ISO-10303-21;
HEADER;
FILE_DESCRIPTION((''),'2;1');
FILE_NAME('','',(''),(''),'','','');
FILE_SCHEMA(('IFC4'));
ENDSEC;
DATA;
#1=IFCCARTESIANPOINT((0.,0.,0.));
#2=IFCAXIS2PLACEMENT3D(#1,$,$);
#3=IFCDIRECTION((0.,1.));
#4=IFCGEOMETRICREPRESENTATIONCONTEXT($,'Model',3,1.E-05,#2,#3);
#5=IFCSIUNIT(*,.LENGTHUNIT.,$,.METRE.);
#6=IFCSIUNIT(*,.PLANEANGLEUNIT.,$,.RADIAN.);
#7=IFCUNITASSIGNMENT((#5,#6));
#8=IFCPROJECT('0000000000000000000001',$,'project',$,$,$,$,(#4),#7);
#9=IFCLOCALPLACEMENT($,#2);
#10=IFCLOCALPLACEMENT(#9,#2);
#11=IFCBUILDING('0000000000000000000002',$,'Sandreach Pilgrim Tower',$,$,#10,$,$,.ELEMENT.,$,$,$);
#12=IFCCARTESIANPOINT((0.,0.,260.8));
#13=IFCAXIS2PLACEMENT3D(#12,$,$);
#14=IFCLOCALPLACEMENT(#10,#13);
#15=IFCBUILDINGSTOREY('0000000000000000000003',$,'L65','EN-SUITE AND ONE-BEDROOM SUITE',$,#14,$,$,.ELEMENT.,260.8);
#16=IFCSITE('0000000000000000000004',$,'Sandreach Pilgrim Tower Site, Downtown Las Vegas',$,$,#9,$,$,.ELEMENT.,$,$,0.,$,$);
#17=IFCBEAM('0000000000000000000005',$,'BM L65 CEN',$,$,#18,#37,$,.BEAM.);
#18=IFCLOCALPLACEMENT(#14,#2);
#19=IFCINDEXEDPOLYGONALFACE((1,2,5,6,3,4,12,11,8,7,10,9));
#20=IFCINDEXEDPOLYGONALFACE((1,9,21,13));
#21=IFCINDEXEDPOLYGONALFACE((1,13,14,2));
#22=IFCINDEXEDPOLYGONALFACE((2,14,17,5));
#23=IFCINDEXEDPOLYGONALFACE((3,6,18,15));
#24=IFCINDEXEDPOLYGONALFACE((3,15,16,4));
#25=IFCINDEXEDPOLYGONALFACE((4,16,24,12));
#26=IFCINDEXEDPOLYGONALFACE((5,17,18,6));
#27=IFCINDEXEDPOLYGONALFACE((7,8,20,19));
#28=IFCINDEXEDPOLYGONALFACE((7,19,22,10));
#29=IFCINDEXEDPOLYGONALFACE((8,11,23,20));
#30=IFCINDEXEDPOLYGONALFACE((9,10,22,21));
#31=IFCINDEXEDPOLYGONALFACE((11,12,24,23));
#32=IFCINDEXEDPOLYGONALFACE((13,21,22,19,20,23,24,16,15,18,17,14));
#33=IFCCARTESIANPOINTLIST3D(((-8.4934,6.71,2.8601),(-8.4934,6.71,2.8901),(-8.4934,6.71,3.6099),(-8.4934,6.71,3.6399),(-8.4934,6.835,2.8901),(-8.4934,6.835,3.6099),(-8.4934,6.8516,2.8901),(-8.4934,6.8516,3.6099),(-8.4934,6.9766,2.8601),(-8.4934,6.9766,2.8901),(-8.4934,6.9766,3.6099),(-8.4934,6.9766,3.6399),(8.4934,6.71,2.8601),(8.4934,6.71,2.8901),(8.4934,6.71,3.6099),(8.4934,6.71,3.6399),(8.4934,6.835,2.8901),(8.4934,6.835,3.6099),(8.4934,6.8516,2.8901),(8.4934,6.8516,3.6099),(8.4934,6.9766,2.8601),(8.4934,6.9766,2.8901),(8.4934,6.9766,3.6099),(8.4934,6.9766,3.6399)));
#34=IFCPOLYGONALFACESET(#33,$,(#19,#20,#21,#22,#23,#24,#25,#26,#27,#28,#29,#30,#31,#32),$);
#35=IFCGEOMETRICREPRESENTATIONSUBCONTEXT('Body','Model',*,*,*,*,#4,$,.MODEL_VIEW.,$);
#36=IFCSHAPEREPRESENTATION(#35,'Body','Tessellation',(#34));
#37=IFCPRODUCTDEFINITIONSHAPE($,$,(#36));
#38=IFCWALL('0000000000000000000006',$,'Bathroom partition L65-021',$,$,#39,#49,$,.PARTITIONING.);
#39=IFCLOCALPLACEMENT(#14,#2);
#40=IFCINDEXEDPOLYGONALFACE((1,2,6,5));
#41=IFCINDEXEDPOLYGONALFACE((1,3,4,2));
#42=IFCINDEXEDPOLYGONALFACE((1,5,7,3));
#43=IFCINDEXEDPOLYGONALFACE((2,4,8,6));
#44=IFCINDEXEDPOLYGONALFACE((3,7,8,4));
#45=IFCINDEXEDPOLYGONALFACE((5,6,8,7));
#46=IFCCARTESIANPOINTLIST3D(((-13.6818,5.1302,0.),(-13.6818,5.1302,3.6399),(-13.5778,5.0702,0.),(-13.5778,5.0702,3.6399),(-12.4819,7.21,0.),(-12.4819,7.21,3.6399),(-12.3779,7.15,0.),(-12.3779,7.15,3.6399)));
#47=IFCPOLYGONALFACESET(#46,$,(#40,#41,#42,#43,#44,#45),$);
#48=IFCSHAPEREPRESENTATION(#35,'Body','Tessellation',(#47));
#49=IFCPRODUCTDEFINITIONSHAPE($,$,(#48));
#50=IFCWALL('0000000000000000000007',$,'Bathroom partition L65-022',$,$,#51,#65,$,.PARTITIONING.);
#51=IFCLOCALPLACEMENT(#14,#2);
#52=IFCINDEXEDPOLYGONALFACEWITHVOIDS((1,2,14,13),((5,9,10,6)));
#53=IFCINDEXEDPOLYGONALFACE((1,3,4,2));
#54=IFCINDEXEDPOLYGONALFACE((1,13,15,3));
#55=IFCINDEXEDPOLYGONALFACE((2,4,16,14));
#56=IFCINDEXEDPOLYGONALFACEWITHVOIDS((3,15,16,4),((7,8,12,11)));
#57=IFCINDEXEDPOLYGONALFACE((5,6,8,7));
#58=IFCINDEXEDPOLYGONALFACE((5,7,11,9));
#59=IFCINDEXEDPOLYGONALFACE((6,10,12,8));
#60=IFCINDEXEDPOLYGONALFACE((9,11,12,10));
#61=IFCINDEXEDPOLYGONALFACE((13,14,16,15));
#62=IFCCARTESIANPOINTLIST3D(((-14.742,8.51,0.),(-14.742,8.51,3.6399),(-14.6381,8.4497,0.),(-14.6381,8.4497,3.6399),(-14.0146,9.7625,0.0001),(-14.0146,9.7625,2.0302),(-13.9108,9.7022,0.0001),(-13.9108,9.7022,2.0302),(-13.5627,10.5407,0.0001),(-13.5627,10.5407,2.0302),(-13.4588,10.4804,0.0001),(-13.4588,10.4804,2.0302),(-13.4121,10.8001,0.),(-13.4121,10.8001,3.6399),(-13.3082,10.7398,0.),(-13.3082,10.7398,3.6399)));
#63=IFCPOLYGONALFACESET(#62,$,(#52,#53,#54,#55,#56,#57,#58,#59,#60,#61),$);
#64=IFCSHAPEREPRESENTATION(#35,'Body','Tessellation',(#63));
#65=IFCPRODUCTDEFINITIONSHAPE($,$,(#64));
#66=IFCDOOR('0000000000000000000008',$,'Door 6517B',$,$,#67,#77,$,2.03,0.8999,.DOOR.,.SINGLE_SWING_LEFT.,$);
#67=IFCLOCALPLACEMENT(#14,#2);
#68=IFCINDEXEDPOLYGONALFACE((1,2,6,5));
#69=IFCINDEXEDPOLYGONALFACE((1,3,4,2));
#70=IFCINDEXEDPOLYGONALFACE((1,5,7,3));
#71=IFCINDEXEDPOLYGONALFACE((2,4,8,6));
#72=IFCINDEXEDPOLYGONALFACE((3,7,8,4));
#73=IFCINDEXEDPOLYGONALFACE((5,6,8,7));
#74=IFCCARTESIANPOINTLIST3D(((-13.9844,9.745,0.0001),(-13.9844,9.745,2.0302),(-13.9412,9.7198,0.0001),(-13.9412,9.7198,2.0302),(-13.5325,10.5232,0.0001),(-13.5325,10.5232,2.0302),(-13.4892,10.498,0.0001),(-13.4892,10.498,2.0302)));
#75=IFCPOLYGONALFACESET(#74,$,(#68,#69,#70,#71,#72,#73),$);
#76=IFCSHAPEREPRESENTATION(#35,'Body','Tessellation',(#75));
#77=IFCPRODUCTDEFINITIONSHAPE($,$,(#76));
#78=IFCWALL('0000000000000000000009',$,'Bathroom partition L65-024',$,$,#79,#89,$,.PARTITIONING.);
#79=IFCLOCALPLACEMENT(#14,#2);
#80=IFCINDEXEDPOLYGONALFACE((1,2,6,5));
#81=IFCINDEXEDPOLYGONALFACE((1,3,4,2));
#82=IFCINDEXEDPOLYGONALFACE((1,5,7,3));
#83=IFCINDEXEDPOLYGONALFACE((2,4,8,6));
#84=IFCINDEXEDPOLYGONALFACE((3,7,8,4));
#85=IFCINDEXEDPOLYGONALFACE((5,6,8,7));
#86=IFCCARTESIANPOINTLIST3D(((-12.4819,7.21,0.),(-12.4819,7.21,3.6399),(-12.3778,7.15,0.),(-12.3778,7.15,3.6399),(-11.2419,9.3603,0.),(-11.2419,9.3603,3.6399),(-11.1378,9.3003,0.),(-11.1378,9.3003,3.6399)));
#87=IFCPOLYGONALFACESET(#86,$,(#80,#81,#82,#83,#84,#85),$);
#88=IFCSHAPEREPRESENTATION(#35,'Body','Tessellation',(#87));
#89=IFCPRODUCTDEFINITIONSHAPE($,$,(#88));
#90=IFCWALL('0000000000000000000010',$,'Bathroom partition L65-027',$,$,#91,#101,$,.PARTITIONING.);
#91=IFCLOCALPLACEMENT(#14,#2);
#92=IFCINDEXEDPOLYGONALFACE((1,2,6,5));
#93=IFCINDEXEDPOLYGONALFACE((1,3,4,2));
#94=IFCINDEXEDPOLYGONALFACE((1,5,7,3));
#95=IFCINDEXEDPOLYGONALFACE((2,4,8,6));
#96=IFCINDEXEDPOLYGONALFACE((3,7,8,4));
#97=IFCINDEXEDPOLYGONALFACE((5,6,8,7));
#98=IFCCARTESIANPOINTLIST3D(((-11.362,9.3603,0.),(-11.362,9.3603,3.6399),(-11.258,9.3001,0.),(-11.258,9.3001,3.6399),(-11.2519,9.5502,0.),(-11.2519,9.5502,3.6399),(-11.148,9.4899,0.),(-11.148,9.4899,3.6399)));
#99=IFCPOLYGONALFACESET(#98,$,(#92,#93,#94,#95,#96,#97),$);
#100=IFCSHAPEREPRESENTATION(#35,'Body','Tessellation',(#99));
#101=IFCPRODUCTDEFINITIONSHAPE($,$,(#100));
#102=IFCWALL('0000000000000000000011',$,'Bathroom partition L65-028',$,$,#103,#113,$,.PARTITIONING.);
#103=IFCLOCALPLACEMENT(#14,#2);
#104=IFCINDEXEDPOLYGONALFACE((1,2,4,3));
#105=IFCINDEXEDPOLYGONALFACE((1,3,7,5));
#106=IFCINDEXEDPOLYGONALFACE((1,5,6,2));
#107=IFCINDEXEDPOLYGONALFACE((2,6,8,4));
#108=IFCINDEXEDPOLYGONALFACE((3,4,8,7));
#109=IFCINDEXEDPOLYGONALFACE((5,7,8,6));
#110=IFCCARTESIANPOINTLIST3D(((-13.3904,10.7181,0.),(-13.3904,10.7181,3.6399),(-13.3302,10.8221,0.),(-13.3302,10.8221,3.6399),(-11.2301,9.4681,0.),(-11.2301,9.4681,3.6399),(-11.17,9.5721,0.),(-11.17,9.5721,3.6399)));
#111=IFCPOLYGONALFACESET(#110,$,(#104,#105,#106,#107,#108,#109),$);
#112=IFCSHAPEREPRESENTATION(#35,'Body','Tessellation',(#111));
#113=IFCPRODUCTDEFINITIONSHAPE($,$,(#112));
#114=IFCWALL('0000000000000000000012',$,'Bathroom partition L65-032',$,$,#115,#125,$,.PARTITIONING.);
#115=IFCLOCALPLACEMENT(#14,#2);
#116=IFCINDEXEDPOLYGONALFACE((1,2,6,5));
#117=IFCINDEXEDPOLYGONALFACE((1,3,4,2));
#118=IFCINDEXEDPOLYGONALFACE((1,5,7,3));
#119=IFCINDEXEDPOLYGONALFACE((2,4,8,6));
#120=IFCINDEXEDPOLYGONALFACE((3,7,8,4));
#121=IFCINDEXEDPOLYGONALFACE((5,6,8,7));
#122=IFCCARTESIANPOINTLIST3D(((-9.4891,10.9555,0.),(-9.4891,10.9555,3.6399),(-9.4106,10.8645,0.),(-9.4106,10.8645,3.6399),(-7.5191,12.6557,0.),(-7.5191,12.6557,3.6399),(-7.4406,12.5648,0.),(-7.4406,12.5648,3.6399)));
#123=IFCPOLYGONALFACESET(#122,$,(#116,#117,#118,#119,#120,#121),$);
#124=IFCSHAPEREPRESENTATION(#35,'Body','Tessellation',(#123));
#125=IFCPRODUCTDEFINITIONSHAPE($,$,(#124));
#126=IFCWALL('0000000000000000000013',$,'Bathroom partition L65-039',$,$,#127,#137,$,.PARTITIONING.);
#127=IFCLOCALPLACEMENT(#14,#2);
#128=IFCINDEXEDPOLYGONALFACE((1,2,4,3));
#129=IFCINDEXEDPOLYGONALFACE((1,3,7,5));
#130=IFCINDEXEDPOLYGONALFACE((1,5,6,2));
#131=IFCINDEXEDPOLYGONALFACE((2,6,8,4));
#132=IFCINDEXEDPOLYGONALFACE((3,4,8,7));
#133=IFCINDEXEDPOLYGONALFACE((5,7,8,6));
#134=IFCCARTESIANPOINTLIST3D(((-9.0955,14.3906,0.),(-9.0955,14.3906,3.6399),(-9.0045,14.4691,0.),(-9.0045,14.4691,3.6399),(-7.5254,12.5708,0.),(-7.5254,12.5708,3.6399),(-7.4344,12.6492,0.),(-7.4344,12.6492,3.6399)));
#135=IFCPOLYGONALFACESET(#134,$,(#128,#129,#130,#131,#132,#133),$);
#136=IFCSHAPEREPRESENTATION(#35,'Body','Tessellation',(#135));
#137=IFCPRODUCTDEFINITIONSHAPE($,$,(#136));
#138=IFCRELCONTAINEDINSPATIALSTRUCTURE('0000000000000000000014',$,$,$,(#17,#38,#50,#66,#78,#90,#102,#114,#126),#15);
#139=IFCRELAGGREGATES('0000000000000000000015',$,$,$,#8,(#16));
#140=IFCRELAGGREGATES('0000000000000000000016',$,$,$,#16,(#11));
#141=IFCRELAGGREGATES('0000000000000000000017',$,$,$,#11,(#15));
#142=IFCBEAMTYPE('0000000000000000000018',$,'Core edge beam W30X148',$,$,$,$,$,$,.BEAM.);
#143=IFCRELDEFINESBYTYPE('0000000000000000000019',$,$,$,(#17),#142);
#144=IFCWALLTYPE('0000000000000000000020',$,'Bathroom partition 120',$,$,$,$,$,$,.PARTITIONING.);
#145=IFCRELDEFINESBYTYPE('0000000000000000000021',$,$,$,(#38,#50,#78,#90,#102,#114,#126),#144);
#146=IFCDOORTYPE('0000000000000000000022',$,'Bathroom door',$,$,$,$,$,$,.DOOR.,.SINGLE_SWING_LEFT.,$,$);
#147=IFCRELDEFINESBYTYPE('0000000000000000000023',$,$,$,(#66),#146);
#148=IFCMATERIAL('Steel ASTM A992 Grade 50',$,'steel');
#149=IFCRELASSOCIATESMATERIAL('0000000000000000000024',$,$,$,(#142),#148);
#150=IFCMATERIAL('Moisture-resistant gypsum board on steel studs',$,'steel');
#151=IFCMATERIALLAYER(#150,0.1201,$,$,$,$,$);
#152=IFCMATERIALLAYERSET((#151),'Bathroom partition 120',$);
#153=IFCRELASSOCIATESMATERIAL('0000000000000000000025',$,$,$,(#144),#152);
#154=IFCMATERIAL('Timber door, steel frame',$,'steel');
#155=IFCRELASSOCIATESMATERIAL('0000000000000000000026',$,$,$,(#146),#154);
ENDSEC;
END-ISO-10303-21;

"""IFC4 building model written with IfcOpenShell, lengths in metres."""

from ifc_helpers import new_model, si_unit, direction, frame, frame_2d, origin, origin_2d, place, context, subcontext, project, spatial, rectangle, i_section, extrude, material, layer, layer_set, material_profile, profile_set, type_object, element, fill, save


model = new_model("IFC4")

# Units and contexts
model_context = context("Model", 3, precision=1e-05, world=origin(), true_north=direction((0.0, 1.0)))
body_context = subcontext(model_context, "Body", "Model", "MODEL_VIEW")
ifc_project = project(units=[si_unit("LENGTHUNIT", "METRE"), si_unit("PLANEANGLEUNIT", "RADIAN")], contexts=[model_context])

# Site, building, storey
site_placement = place(None, origin())
site = spatial("IfcSite", under=ifc_project, at=site_placement, Name="Sandreach Pilgrim Tower Site, Downtown Las Vegas", CompositionType="ELEMENT", RefElevation=0.0)
building_placement = place(site_placement, origin())
building = spatial("IfcBuilding", under=site, at=building_placement, Name="Sandreach Pilgrim Tower", CompositionType="ELEMENT")
storey_placement = place(building_placement, frame((0.0, 0.0, 260.8)))
storey = spatial("IfcBuildingStorey", under=building, at=storey_placement, Name="L65", Description="EN-SUITE AND ONE-BEDROOM SUITE", CompositionType="ELEMENT", Elevation=260.8)

# Beam
ifc_material_1 = material(Name="Steel ASTM A992 Grade 50", Category="steel")
ifc_material_profile = material_profile(ifc_material_1, i_section(OverallWidth=0.2666, OverallDepth=0.7798, WebThickness=0.0166, FlangeThickness=0.03, at=origin_2d()), Name="W30X148")
ifc_profile_set = profile_set([ifc_material_profile], Name="Steel ASTM A992 Grade 50")
beam_type = type_object("IfcBeamType", Name="Core edge beam W30X148", PredefinedType="BEAM", material=ifc_profile_set)
beam_placement = place(storey_placement, frame((-8.4934, 6.8433, 3.25), z_axis=(1.0, 0.0, 0.0), x_axis=(0.0, 1.0, 0.0)))
element("IfcBeam", 1, at=beam_placement, inside=storey, type_object=beam_type, Name="BM L65 CEN", PredefinedType="BEAM", context=body_context, shape_type="SweptSolid", body=[
    extrude(i_section(OverallWidth=0.2666, OverallDepth=0.7798, WebThickness=0.0166, FlangeThickness=0.03, at=origin_2d()), origin(), (0.0, 0.0, 1.0), 16.9868),
])

# Wall
ifc_material_2 = material(Name="Moisture-resistant gypsum board on steel studs", Category="steel")
ifc_layer_1 = layer(ifc_material_2, 0.1201)
ifc_layer_set_1 = layer_set([ifc_layer_1], Name="Bathroom partition 120")
wall_type_1 = type_object("IfcWallType", Name="Bathroom partition 120", PredefinedType="PARTITIONING", material=ifc_layer_set_1)
wall_1_placement = place(storey_placement, frame((-13.6299, 5.1001, 0.0), z_axis=(0.0, 0.0, 1.0), x_axis=(0.499737, 0.866177, 0.0)))
element("IfcWall", 2, at=wall_1_placement, inside=storey, type_object=wall_type_1, Name="Bathroom partition L65-021", PredefinedType="PARTITIONING", context=body_context, shape_type="SweptSolid", body=[
    extrude(rectangle(XDim=2.4011, YDim=0.1201, at=frame_2d((1.2007, 0.0))), origin(), (0.0, 0.0, 1.0), 3.6399),
])

# Wall, opening, door
wall_2_placement = place(storey_placement, frame((-13.3601, 10.77, 0.0), z_axis=(0.0, 0.0, 1.0), x_axis=(-0.502173, -0.864767, 0.0)))
wall_2 = element("IfcWall", 3, at=wall_2_placement, inside=storey, type_object=wall_type_1, Name="Bathroom partition L65-022", PredefinedType="PARTITIONING", context=body_context, shape_type="SweptSolid", body=[
    extrude(rectangle(XDim=2.6482, YDim=0.1201, at=frame_2d((1.3242, 0.0))), origin(), (0.0, 0.0, 1.0), 3.6399),
])
opening_1_placement = place(wall_2_placement, frame((0.3, 0.0, 0.0)))
opening_1 = element("IfcOpeningElement", 4, at=opening_1_placement, cuts=wall_2, PredefinedType="OPENING", context=body_context, shape_type="SweptSolid", body=[
    extrude(rectangle(XDim=0.8999, YDim=2.03, at=frame_2d((0.45, 1.0151))), frame((0.0, 0.0601, 0.0), z_axis=(0.0, -1.0, 0.0), x_axis=(1.0, 0.0, 0.0)), (0.0, 0.0, 1.0), 0.1201),
])
ifc_material_3 = material(Name="Timber door, steel frame", Category="steel")
door_type_1 = type_object("IfcDoorType", Name="Bathroom door", OperationType="SINGLE_SWING_LEFT", PredefinedType="DOOR", material=ifc_material_3)
door_1_placement = place(opening_1_placement, origin())
door_1 = element("IfcDoor", 5, at=door_1_placement, inside=storey, type_object=door_type_1, Name="Door 6517B", OperationType="SINGLE_SWING_LEFT", OverallHeight=2.03, OverallWidth=0.8999, PredefinedType="DOOR", context=body_context, shape_type="SweptSolid", body=[
    extrude(rectangle(XDim=0.8999, YDim=2.03, at=frame_2d((0.45, 1.0151))), frame((0.0, 0.0249, 0.0), z_axis=(0.0, -1.0, 0.0), x_axis=(1.0, 0.0, 0.0)), (0.0, 0.0, 1.0), 0.05),
])
fill(opening_1, door_1)

# Walls
wall_3_placement = place(storey_placement, frame((-12.4299, 7.1799, 0.0), z_axis=(0.0, 0.0, 1.0), x_axis=(0.499578, 0.866269, 0.0)))
element("IfcWall", 6, at=wall_3_placement, inside=storey, type_object=wall_type_1, Name="Bathroom partition L65-024", PredefinedType="PARTITIONING", context=body_context, shape_type="SweptSolid", body=[
    extrude(rectangle(XDim=2.4822, YDim=0.1201, at=frame_2d((1.2412, 0.0))), origin(), (0.0, 0.0, 1.0), 3.6399),
])
wall_4_placement = place(storey_placement, frame((-11.3101, 9.3301, 0.0), z_axis=(0.0, 0.0, 1.0), x_axis=(0.501518, 0.865147, 0.0)))
element("IfcWall", 7, at=wall_4_placement, inside=storey, type_object=wall_type_1, Name="Bathroom partition L65-027", PredefinedType="PARTITIONING", context=body_context, shape_type="SweptSolid", body=[
    extrude(rectangle(XDim=0.2195, YDim=0.1201, at=frame_2d((0.1099, 0.0))), origin(), (0.0, 0.0, 1.0), 3.6399),
])
wall_5_placement = place(storey_placement, frame((-11.2, 9.52, 0.0), z_axis=(0.0, 0.0, 1.0), x_axis=(-0.865533, 0.500851, 0.0)))
element("IfcWall", 8, at=wall_5_placement, inside=storey, type_object=wall_type_1, Name="Bathroom partition L65-028", PredefinedType="PARTITIONING", context=body_context, shape_type="SweptSolid", body=[
    extrude(rectangle(XDim=2.4958, YDim=0.1201, at=frame_2d((1.248, 0.0))), origin(), (0.0, 0.0, 1.0), 3.6399),
])
wall_6_placement = place(storey_placement, frame((-9.45, 10.9099, 0.0), z_axis=(0.0, 0.0, 1.0), x_axis=(0.75704, 0.653368, 0.0)))
element("IfcWall", 9, at=wall_6_placement, inside=storey, type_object=wall_type_1, Name="Bathroom partition L65-032", PredefinedType="PARTITIONING", context=body_context, shape_type="SweptSolid", body=[
    extrude(rectangle(XDim=2.6023, YDim=0.1201, at=frame_2d((1.3013, 0.0))), origin(), (0.0, 0.0, 1.0), 3.6399),
])
wall_7_placement = place(storey_placement, frame((-7.48, 12.6101, 0.0), z_axis=(0.0, 0.0, 1.0), x_axis=(-0.653239, 0.757152, 0.0)))
element("IfcWall", 10, at=wall_7_placement, inside=storey, type_object=wall_type_1, Name="Bathroom partition L65-039", PredefinedType="PARTITIONING", context=body_context, shape_type="SweptSolid", body=[
    extrude(rectangle(XDim=2.4036, YDim=0.1201, at=frame_2d((1.2017, 0.0))), origin(), (0.0, 0.0, 1.0), 3.6399),
])

save(model, "model.ifc")
